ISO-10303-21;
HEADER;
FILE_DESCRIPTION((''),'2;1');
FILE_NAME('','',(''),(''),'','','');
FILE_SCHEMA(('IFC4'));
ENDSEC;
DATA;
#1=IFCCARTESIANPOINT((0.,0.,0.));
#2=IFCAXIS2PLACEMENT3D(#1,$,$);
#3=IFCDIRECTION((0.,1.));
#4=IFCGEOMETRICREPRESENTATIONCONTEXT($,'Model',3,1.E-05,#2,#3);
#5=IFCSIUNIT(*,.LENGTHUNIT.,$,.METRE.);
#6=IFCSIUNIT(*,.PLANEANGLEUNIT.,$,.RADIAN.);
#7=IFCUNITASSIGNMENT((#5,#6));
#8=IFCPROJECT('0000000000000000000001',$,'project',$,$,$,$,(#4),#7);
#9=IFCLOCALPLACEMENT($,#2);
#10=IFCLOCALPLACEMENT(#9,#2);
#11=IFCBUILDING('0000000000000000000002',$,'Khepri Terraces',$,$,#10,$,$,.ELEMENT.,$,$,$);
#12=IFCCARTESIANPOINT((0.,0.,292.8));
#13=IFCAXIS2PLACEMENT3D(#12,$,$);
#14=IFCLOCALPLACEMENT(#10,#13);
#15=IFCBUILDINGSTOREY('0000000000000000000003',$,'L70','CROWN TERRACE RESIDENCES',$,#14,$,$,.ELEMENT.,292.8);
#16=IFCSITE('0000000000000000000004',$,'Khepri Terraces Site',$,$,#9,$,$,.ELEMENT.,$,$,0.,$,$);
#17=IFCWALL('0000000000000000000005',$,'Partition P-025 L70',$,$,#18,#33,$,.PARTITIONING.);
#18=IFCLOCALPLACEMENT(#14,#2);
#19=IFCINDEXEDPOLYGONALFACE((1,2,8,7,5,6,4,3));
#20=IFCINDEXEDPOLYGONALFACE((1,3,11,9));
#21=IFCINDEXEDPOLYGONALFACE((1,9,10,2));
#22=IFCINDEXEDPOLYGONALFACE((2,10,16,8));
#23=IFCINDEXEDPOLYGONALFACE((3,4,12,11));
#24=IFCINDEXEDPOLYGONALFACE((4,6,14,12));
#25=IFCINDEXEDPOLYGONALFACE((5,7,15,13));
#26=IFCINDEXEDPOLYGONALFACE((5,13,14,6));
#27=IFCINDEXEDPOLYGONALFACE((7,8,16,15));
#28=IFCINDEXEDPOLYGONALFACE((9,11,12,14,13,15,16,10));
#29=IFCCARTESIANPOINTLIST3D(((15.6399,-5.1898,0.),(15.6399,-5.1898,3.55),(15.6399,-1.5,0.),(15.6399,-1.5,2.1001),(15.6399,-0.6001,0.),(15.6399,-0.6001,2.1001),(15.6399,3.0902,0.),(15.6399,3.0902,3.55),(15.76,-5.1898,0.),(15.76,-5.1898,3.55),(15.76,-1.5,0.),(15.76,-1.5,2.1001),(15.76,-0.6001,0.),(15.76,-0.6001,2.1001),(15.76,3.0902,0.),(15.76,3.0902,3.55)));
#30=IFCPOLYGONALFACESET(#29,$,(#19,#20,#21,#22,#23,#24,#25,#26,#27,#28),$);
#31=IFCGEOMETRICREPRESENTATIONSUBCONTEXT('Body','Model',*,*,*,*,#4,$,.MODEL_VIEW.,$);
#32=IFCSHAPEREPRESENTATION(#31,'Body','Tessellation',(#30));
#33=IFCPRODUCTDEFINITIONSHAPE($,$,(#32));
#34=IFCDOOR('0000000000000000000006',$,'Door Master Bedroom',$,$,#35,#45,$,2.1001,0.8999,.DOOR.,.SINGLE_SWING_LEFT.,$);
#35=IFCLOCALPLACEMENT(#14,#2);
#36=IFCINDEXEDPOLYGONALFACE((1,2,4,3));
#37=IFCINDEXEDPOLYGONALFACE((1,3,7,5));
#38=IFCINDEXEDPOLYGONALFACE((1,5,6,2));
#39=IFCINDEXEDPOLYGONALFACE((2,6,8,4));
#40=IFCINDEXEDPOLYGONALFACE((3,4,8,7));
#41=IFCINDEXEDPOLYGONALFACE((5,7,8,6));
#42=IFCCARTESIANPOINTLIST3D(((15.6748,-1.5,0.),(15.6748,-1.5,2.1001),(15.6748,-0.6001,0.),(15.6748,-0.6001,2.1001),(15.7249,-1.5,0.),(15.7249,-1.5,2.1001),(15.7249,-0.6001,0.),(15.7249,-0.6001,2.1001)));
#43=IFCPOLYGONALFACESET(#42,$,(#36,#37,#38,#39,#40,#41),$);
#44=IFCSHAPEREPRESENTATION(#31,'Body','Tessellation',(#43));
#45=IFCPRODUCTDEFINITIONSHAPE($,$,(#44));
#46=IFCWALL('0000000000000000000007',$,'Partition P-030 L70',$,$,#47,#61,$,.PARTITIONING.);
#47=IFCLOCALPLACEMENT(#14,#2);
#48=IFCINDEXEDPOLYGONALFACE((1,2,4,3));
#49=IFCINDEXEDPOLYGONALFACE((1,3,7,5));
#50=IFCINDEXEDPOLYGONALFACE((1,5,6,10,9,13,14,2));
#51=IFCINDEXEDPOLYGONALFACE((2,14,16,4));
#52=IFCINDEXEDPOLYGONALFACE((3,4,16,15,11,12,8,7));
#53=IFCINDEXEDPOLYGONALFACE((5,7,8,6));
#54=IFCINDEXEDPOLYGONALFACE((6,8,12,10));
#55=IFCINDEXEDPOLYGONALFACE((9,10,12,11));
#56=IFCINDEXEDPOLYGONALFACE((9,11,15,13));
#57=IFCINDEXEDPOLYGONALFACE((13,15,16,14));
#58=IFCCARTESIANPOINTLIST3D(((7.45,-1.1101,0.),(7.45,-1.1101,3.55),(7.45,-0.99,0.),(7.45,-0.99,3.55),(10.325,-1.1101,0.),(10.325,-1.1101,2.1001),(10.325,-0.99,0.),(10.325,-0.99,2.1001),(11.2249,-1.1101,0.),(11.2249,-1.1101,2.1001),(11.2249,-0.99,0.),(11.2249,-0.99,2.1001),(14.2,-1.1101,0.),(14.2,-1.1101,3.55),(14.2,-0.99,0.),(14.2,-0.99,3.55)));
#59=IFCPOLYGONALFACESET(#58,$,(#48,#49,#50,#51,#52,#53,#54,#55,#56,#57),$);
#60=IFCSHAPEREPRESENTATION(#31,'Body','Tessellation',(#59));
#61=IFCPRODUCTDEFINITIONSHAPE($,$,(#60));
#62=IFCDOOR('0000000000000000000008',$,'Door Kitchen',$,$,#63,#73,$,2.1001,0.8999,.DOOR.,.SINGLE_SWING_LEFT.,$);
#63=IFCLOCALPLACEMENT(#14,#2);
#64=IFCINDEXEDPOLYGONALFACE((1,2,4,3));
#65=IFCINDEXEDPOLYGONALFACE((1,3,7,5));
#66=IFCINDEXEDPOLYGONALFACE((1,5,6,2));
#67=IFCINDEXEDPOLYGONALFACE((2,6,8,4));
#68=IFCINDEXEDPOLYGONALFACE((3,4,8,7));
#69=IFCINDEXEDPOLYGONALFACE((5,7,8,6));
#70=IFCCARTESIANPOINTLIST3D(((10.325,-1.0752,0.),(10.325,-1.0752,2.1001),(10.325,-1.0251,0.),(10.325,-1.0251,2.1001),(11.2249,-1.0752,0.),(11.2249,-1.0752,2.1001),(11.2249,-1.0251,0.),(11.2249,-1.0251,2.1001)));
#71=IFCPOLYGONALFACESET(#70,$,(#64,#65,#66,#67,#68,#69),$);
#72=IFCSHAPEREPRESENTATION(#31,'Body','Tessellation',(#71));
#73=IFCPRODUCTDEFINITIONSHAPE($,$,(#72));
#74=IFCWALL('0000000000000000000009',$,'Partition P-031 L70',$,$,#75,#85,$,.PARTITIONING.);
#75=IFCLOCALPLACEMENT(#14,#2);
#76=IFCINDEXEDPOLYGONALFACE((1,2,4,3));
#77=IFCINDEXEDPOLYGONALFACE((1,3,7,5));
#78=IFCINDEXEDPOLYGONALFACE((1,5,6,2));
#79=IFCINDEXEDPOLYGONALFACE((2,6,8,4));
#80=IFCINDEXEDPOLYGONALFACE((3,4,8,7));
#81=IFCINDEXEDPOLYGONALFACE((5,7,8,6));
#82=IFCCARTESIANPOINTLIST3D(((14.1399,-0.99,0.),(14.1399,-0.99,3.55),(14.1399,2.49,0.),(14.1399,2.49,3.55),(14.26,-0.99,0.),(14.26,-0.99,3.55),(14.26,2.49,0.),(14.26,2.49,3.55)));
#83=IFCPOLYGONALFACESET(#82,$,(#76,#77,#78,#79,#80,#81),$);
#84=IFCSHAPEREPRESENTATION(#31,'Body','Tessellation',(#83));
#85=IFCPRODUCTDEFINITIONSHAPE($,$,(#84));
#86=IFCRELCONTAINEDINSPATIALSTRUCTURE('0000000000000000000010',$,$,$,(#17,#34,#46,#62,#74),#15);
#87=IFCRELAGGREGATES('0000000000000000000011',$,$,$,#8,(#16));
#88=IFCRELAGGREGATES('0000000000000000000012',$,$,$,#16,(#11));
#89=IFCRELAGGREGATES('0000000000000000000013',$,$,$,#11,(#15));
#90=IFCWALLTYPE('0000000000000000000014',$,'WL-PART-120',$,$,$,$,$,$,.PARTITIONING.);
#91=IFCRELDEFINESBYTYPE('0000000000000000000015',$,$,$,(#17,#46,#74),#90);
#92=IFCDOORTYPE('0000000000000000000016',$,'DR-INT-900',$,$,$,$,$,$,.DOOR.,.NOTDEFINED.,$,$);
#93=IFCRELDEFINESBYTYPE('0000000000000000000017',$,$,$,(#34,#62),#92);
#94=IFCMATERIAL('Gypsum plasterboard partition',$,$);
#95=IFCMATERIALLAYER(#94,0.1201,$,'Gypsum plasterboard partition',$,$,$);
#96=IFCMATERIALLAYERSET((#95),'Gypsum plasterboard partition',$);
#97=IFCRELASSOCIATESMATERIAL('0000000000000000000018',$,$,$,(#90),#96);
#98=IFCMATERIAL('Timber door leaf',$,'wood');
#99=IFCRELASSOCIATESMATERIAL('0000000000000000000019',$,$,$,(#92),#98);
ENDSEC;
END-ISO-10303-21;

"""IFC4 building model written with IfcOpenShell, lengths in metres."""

from ifc_helpers import new_model, si_unit, direction, frame, frame_2d, origin, place, context, subcontext, project, spatial, rectangle, extrude, material, layer, layer_set, type_object, element, fill, save


model = new_model("IFC4")

# Units and contexts
model_context = context("Model", 3, precision=1e-05, world=origin(), true_north=direction((0.0, 1.0)))
body_context = subcontext(model_context, "Body", "Model", "MODEL_VIEW")
ifc_project = project(units=[si_unit("LENGTHUNIT", "METRE"), si_unit("PLANEANGLEUNIT", "RADIAN")], contexts=[model_context])

# Site, building, storey
site_placement = place(None, origin())
site = spatial("IfcSite", under=ifc_project, at=site_placement, Name="Khepri Terraces Site", CompositionType="ELEMENT", RefElevation=0.0)
building_placement = place(site_placement, origin())
building = spatial("IfcBuilding", under=site, at=building_placement, Name="Khepri Terraces", CompositionType="ELEMENT")
storey_placement = place(building_placement, frame((0.0, 0.0, 292.8)))
storey = spatial("IfcBuildingStorey", under=building, at=storey_placement, Name="L70", Description="CROWN TERRACE RESIDENCES", CompositionType="ELEMENT", Elevation=292.8)

# Shared definitions
ifc_material_1 = material(Name="Gypsum plasterboard partition")
ifc_layer_1 = layer(ifc_material_1, 0.1201, Name="Gypsum plasterboard partition")
ifc_layer_set_1 = layer_set([ifc_layer_1], Name="Gypsum plasterboard partition")
wall_type_1 = type_object("IfcWallType", Name="WL-PART-120", PredefinedType="PARTITIONING", material=ifc_layer_set_1)

# Shared definitions
ifc_material_2 = material(Name="Timber door leaf", Category="wood")
door_type_1 = type_object("IfcDoorType", Name="DR-INT-900", OperationType="NOTDEFINED", PredefinedType="DOOR", material=ifc_material_2)

# Walls, openings, doors
wall_1_placement = place(storey_placement, frame((15.7, -5.1899, 0.0), z_axis=(0.0, 0.0, 1.0), x_axis=(0.0, 1.0, 0.0)))
wall_1 = element("IfcWall", 1, at=wall_1_placement, inside=storey, type_object=wall_type_1, Name="Partition P-025 L70", PredefinedType="PARTITIONING", context=body_context, shape_type="SweptSolid", body=[
    extrude(rectangle(XDim=8.28, YDim=0.1201, at=frame_2d((4.1401, 0.0))), origin(), (0.0, 0.0, 1.0), 3.55),
])
opening_1_placement = place(wall_1_placement, frame((3.6899, 0.0, 0.0)))
opening_1 = element("IfcOpeningElement", 2, at=opening_1_placement, cuts=wall_1, PredefinedType="OPENING", context=body_context, shape_type="SweptSolid", body=[
    extrude(rectangle(XDim=0.8999, YDim=2.1001, at=frame_2d((0.45, 1.05))), frame((0.0, 0.0701, 0.0), z_axis=(0.0, -1.0, 0.0), x_axis=(1.0, 0.0, 0.0)), (0.0, 0.0, 1.0), 0.1401),
])
door_1_placement = place(opening_1_placement, frame((0.8999, 0.0, 0.0), z_axis=(0.0, 0.0, 1.0), x_axis=(-1.0, 0.0, 0.0)))
door_1 = element("IfcDoor", 3, at=door_1_placement, inside=storey, type_object=door_type_1, Name="Door Master Bedroom", OperationType="SINGLE_SWING_LEFT", OverallHeight=2.1001, OverallWidth=0.8999, PredefinedType="DOOR", context=body_context, shape_type="SweptSolid", body=[
    extrude(rectangle(XDim=0.8999, YDim=2.1001, at=frame_2d((0.45, 1.05))), frame((0.0, 0.0249, 0.0), z_axis=(0.0, -1.0, 0.0), x_axis=(1.0, 0.0, 0.0)), (0.0, 0.0, 1.0), 0.05),
])
fill(opening_1, door_1)
wall_2_placement = place(storey_placement, frame((7.45, -1.05, 0.0), z_axis=(0.0, 0.0, 1.0), x_axis=(1.0, 0.0, 0.0)))
wall_2 = element("IfcWall", 4, at=wall_2_placement, inside=storey, type_object=wall_type_1, Name="Partition P-030 L70", PredefinedType="PARTITIONING", context=body_context, shape_type="SweptSolid", body=[
    extrude(rectangle(XDim=6.75, YDim=0.1201, at=frame_2d((3.375, 0.0))), origin(), (0.0, 0.0, 1.0), 3.55),
])
opening_2_placement = place(wall_2_placement, frame((2.875, 0.0, 0.0)))
opening_2 = element("IfcOpeningElement", 5, at=opening_2_placement, cuts=wall_2, PredefinedType="OPENING", context=body_context, shape_type="SweptSolid", body=[
    extrude(rectangle(XDim=0.8999, YDim=2.1001, at=frame_2d((0.45, 1.05))), frame((0.0, 0.0701, 0.0), z_axis=(0.0, -1.0, 0.0), x_axis=(1.0, 0.0, 0.0)), (0.0, 0.0, 1.0), 0.1401),
])
door_2_placement = place(opening_2_placement, origin())
door_2 = element("IfcDoor", 6, at=door_2_placement, inside=storey, type_object=door_type_1, Name="Door Kitchen", OperationType="SINGLE_SWING_LEFT", OverallHeight=2.1001, OverallWidth=0.8999, PredefinedType="DOOR", context=body_context, shape_type="SweptSolid", body=[
    extrude(rectangle(XDim=0.8999, YDim=2.1001, at=frame_2d((0.45, 1.05))), frame((0.0, 0.0249, 0.0), z_axis=(0.0, -1.0, 0.0), x_axis=(1.0, 0.0, 0.0)), (0.0, 0.0, 1.0), 0.05),
])
fill(opening_2, door_2)

# Wall
wall_3_placement = place(storey_placement, frame((14.2, -0.99, 0.0), z_axis=(0.0, 0.0, 1.0), x_axis=(0.0, 1.0, 0.0)))
element("IfcWall", 7, at=wall_3_placement, inside=storey, type_object=wall_type_1, Name="Partition P-031 L70", PredefinedType="PARTITIONING", context=body_context, shape_type="SweptSolid", body=[
    extrude(rectangle(XDim=3.48, YDim=0.1201, at=frame_2d((1.74, 0.0))), origin(), (0.0, 0.0, 1.0), 3.55),
])

save(model, "model.ifc")
